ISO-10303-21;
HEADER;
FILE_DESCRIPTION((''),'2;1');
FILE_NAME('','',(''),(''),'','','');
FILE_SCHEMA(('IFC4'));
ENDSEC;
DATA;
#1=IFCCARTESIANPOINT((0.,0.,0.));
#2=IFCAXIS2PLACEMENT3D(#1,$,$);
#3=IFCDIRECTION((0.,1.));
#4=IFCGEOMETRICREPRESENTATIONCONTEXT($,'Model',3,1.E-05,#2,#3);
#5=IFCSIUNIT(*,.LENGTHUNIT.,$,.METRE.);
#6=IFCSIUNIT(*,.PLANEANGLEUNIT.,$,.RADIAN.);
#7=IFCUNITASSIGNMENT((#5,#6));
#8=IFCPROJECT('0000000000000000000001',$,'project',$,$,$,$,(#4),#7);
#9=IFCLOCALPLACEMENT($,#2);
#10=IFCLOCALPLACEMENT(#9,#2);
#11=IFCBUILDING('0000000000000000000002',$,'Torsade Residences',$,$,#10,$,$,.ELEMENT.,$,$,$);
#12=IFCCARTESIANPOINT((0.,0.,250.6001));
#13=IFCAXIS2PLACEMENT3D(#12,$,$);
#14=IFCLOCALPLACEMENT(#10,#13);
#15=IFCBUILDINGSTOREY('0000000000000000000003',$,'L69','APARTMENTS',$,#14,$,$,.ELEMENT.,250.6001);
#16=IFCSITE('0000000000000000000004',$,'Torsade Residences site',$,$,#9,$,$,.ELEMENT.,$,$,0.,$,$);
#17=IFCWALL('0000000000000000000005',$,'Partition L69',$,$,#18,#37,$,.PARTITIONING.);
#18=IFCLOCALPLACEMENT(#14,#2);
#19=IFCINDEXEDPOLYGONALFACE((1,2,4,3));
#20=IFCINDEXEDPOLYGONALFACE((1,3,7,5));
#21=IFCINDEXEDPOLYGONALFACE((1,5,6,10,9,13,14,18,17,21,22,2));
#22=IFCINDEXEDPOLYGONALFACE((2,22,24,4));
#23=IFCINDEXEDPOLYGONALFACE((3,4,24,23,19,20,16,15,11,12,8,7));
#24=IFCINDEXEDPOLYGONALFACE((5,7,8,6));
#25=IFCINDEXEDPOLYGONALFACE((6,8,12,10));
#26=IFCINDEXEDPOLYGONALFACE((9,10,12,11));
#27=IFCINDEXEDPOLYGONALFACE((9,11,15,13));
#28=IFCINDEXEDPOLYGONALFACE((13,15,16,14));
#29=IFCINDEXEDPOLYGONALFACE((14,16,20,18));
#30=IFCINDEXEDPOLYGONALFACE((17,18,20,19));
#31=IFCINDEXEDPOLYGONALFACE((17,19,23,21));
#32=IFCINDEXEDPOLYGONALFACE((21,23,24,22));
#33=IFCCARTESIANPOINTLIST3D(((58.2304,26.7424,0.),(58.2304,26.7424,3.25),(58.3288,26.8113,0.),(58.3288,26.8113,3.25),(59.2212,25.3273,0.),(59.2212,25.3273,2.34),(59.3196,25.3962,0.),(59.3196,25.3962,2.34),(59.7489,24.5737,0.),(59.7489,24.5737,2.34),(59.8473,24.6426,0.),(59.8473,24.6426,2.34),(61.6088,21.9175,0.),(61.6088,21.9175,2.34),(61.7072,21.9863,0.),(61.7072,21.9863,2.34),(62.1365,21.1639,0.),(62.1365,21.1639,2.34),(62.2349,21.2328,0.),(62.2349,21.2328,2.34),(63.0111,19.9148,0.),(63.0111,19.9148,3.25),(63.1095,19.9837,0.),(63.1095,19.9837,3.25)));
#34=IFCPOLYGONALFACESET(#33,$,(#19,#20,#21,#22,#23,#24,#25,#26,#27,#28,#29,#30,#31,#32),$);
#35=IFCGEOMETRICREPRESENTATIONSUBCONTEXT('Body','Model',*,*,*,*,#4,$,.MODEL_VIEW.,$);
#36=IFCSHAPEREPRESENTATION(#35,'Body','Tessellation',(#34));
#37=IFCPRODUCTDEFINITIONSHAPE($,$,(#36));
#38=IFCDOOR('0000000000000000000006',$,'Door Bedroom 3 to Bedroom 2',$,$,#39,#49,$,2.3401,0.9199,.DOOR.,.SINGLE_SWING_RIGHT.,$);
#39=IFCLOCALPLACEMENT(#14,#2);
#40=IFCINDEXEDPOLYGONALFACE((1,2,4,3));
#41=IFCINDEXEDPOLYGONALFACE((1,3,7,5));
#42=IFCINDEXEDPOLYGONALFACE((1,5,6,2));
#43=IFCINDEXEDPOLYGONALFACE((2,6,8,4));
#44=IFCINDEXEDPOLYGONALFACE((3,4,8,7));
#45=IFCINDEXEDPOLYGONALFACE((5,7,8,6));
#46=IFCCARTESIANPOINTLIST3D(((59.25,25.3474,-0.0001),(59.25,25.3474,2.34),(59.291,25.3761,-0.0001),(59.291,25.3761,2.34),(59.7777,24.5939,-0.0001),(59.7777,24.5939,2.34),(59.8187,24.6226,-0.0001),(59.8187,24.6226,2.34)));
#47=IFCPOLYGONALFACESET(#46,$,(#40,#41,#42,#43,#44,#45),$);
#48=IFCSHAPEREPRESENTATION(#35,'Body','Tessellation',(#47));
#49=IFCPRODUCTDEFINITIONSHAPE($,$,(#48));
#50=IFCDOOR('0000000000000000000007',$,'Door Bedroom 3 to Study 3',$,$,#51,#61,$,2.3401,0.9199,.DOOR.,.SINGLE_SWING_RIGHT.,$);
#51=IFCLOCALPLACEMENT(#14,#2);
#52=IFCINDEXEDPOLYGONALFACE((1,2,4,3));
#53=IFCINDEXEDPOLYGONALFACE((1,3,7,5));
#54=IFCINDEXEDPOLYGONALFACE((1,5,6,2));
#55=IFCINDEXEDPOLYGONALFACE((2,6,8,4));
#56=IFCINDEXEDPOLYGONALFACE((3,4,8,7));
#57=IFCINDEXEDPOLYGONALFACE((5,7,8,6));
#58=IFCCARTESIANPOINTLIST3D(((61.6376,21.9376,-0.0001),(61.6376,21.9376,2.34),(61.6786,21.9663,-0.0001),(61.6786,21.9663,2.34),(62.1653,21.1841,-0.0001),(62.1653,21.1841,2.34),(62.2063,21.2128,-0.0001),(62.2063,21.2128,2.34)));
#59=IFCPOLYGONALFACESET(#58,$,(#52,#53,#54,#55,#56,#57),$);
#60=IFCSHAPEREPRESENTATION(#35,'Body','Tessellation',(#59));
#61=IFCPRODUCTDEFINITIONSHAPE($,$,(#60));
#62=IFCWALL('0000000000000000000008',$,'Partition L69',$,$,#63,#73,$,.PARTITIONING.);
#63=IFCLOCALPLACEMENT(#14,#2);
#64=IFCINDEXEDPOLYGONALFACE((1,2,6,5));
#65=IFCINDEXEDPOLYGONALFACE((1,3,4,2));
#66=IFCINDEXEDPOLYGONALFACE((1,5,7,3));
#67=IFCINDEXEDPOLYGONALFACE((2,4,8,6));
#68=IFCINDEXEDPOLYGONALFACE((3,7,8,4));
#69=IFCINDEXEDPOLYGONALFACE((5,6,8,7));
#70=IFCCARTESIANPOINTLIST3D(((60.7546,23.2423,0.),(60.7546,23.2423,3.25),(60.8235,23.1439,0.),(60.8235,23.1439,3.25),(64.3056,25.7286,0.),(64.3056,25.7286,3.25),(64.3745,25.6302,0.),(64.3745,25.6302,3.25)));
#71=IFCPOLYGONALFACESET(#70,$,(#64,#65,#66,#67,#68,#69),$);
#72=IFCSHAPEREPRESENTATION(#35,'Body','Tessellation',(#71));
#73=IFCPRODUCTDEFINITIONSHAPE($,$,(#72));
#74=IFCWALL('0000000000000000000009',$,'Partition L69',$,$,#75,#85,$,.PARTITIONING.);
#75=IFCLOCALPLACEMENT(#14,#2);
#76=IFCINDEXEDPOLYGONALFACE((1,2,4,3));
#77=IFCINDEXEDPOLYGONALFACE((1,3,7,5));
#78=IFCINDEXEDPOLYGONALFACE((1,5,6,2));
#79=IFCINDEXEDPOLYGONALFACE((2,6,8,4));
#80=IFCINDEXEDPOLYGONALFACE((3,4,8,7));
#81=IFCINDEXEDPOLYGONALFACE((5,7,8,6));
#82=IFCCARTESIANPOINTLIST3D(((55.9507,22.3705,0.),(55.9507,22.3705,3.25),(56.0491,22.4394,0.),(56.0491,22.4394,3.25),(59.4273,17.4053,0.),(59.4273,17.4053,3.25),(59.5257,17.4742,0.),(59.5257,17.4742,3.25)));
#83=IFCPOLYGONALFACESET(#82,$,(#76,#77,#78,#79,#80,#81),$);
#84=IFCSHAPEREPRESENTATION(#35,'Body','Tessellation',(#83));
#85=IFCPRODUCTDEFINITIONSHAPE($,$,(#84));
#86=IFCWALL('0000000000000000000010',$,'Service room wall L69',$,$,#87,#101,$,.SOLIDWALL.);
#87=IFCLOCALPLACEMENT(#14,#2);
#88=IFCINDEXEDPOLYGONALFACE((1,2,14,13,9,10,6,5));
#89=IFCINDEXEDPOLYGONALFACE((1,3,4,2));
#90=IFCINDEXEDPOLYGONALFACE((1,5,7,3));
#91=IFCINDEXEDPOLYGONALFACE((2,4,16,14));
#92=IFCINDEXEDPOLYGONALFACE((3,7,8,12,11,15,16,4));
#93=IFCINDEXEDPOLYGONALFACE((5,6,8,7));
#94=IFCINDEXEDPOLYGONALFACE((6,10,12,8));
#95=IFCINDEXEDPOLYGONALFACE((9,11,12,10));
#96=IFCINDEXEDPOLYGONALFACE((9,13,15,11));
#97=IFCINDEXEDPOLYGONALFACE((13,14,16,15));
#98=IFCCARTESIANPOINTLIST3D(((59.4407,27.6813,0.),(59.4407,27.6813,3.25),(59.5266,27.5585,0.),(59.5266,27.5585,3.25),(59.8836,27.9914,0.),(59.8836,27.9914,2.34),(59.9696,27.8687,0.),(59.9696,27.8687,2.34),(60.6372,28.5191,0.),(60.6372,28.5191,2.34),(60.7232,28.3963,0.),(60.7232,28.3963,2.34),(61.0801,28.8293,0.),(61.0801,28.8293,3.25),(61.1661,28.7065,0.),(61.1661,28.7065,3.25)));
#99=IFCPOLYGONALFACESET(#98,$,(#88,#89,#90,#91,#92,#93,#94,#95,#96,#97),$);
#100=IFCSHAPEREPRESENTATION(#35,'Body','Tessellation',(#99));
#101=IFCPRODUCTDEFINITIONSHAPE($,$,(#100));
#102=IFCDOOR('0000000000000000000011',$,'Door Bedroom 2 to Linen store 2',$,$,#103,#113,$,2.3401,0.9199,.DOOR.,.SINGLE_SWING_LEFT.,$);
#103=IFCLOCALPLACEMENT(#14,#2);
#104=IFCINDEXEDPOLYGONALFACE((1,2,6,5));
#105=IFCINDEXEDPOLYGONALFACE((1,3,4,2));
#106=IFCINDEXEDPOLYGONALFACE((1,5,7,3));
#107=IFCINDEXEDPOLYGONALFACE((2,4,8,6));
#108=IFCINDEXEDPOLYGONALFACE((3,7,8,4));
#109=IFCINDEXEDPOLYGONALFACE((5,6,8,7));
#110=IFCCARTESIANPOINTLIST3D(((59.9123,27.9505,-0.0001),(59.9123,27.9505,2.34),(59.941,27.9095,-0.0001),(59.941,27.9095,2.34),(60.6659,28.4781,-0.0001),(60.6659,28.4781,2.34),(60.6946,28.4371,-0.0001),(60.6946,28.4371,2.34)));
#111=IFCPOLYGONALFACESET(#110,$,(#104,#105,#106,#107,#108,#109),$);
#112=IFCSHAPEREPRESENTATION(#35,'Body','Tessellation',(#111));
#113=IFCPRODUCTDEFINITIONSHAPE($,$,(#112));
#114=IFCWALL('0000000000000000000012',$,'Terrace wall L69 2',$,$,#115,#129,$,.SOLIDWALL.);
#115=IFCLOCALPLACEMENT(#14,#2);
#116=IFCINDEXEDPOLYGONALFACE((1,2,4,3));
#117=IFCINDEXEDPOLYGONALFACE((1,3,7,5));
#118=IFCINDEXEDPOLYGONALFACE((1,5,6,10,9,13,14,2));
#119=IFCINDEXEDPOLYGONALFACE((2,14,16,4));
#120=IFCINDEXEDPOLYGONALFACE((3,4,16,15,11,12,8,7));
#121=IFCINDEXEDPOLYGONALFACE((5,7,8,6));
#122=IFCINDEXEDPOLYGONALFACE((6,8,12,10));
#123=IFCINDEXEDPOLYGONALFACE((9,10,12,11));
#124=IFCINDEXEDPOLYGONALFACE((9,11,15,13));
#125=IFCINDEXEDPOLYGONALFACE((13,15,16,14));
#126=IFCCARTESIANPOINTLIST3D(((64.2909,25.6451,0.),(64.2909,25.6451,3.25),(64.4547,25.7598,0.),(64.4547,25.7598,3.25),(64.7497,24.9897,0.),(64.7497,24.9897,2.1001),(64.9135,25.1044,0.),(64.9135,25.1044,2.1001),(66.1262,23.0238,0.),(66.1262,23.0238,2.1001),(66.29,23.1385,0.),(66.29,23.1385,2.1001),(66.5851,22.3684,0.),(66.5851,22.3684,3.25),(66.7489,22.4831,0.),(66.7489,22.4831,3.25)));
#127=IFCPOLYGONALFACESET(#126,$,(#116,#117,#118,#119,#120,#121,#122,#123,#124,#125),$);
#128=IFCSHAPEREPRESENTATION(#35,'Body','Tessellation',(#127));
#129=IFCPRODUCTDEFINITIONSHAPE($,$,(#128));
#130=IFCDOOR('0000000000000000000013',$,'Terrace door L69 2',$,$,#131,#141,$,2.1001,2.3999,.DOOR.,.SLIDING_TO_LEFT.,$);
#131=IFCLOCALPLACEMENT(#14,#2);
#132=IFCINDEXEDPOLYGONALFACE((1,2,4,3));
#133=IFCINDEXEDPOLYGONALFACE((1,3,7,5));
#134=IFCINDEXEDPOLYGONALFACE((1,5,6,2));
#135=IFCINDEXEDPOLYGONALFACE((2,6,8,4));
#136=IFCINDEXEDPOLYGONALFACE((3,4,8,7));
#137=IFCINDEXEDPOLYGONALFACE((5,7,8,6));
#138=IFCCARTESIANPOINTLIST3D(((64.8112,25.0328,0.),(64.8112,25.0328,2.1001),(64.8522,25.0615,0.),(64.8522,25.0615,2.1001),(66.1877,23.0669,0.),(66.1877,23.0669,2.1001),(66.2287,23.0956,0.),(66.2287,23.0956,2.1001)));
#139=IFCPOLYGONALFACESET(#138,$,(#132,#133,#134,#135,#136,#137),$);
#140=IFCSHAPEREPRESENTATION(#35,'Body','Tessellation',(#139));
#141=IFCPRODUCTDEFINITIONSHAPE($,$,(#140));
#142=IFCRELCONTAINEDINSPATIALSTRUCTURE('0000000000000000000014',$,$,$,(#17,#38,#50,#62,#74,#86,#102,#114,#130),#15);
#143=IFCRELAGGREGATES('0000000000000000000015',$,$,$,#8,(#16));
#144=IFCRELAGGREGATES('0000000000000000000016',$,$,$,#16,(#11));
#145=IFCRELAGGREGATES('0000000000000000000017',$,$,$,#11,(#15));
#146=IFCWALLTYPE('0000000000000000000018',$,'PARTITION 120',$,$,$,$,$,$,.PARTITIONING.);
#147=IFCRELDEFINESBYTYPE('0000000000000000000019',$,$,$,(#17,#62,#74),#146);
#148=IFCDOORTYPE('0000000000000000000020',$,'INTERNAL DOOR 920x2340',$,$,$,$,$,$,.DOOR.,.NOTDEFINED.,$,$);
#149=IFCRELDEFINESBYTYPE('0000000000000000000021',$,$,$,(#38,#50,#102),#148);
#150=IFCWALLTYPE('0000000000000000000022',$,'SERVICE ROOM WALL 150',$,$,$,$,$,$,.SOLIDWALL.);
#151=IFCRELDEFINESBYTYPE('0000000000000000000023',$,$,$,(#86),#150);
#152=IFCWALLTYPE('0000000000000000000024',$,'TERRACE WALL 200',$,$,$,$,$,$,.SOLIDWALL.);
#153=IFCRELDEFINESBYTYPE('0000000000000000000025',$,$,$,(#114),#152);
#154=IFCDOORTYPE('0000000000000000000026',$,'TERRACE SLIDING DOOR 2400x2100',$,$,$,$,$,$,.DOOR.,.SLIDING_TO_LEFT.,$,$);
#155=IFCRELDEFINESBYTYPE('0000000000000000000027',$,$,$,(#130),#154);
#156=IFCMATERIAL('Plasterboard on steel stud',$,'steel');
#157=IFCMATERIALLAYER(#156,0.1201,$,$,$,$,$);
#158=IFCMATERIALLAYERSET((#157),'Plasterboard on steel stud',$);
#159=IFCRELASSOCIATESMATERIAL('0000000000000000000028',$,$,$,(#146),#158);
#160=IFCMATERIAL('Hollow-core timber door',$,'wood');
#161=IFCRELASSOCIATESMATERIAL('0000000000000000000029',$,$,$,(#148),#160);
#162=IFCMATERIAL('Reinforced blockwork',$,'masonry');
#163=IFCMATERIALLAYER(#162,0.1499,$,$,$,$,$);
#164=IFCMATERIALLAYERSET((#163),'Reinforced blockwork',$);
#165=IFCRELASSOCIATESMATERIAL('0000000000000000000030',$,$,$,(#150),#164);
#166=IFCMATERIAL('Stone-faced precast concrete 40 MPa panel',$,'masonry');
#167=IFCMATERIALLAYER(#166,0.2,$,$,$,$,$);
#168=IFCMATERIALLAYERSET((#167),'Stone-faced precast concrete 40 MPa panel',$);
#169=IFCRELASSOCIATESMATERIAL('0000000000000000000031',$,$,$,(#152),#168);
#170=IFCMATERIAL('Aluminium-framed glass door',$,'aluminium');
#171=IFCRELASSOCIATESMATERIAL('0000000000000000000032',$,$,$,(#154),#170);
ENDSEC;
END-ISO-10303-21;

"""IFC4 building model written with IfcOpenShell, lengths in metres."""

from ifc_helpers import new_model, si_unit, direction, frame, frame_2d, origin, place, context, subcontext, project, spatial, rectangle, extrude, material, layer, layer_set, type_object, element, fill, save


model = new_model("IFC4")

# Units and contexts
model_context = context("Model", 3, precision=1e-05, world=origin(), true_north=direction((0.0, 1.0)))
body_context = subcontext(model_context, "Body", "Model", "MODEL_VIEW")
ifc_project = project(units=[si_unit("LENGTHUNIT", "METRE"), si_unit("PLANEANGLEUNIT", "RADIAN")], contexts=[model_context])

# Site, building, storey
site_placement = place(None, origin())
site = spatial("IfcSite", under=ifc_project, at=site_placement, Name="Torsade Residences site", CompositionType="ELEMENT", RefElevation=0.0)
building_placement = place(site_placement, origin())
building = spatial("IfcBuilding", under=site, at=building_placement, Name="Torsade Residences", CompositionType="ELEMENT")
storey_placement = place(building_placement, frame((0.0, 0.0, 250.6001)))
storey = spatial("IfcBuildingStorey", under=building, at=storey_placement, Name="L69", Description="APARTMENTS", CompositionType="ELEMENT", Elevation=250.6001)

# Wall, openings, doors
ifc_material_1 = material(Name="Plasterboard on steel stud", Category="steel")
ifc_layer_1 = layer(ifc_material_1, 0.1201)
ifc_layer_set_1 = layer_set([ifc_layer_1], Name="Plasterboard on steel stud")
wall_type_1 = type_object("IfcWallType", Name="PARTITION 120", PredefinedType="PARTITIONING", material=ifc_layer_set_1)
wall_1_placement = place(storey_placement, frame((63.0603, 19.9492, 0.0), z_axis=(0.0, 0.0, 1.0), x_axis=(-0.573576, 0.819152, 0.0)))
wall_1 = element("IfcWall", 1, at=wall_1_placement, inside=storey, type_object=wall_type_1, Name="Partition L69", PredefinedType="PARTITIONING", context=body_context, shape_type="SweptSolid", body=[
    extrude(rectangle(XDim=8.335, YDim=0.1201, at=frame_2d((4.1675, 0.0))), origin(), (0.0, 0.0, 1.0), 3.25),
])
opening_1_placement = place(wall_1_placement, frame((5.6875, 0.0, 0.0)))
opening_1 = element("IfcOpeningElement", 2, at=opening_1_placement, cuts=wall_1, PredefinedType="OPENING", context=body_context, shape_type="SweptSolid", body=[
    extrude(rectangle(XDim=0.9199, YDim=2.3401, at=frame_2d((0.46, 1.1699))), frame((0.0, 0.0701, 0.0), z_axis=(0.0, -1.0, 0.0), x_axis=(1.0, 0.0, 0.0)), (0.0, 0.0, 1.0), 0.1401),
])
opening_2_placement = place(wall_1_placement, frame((1.5249, 0.0, 0.0)))
opening_2 = element("IfcOpeningElement", 3, at=opening_2_placement, cuts=wall_1, PredefinedType="OPENING", context=body_context, shape_type="SweptSolid", body=[
    extrude(rectangle(XDim=0.9199, YDim=2.3401, at=frame_2d((0.46, 1.1699))), frame((0.0, 0.0701, 0.0), z_axis=(0.0, -1.0, 0.0), x_axis=(1.0, 0.0, 0.0)), (0.0, 0.0, 1.0), 0.1401),
])
ifc_material_2 = material(Name="Hollow-core timber door", Category="wood")
door_type_1 = type_object("IfcDoorType", Name="INTERNAL DOOR 920x2340", OperationType="NOTDEFINED", PredefinedType="DOOR", material=ifc_material_2)
door_1_placement = place(opening_1_placement, origin())
door_1 = element("IfcDoor", 4, at=door_1_placement, inside=storey, type_object=door_type_1, Name="Door Bedroom 3 to Bedroom 2", OperationType="SINGLE_SWING_RIGHT", OverallHeight=2.3401, OverallWidth=0.9199, PredefinedType="DOOR", context=body_context, shape_type="SweptSolid", body=[
    extrude(rectangle(XDim=0.9199, YDim=2.3401, at=frame_2d((0.46, 1.1699))), frame((0.0, 0.0249, 0.0), z_axis=(0.0, -1.0, 0.0), x_axis=(1.0, 0.0, 0.0)), (0.0, 0.0, 1.0), 0.05),
])
fill(opening_1, door_1)
door_2_placement = place(opening_2_placement, origin())
door_2 = element("IfcDoor", 5, at=door_2_placement, inside=storey, type_object=door_type_1, Name="Door Bedroom 3 to Study 3", OperationType="SINGLE_SWING_RIGHT", OverallHeight=2.3401, OverallWidth=0.9199, PredefinedType="DOOR", context=body_context, shape_type="SweptSolid", body=[
    extrude(rectangle(XDim=0.9199, YDim=2.3401, at=frame_2d((0.46, 1.1699))), frame((0.0, 0.0249, 0.0), z_axis=(0.0, -1.0, 0.0), x_axis=(1.0, 0.0, 0.0)), (0.0, 0.0, 1.0), 0.05),
])
fill(opening_2, door_2)

# Walls
wall_2_placement = place(storey_placement, frame((64.3401, 25.6794, 0.0), z_axis=(0.0, 0.0, 1.0), x_axis=(-0.819166, -0.573557, 0.0)))
element("IfcWall", 6, at=wall_2_placement, inside=storey, type_object=wall_type_1, Name="Partition L69", PredefinedType="PARTITIONING", context=body_context, shape_type="SweptSolid", body=[
    extrude(rectangle(XDim=4.335, YDim=0.1201, at=frame_2d((2.1675, 0.0))), origin(), (0.0, 0.0, 1.0), 3.25),
])
wall_3_placement = place(storey_placement, frame((59.4766, 17.4397, 0.0), z_axis=(0.0, 0.0, 1.0), x_axis=(-0.573573, 0.819154, 0.0)))
element("IfcWall", 7, at=wall_3_placement, inside=storey, type_object=wall_type_1, Name="Partition L69", PredefinedType="PARTITIONING", context=body_context, shape_type="SweptSolid", body=[
    extrude(rectangle(XDim=6.0613, YDim=0.1201, at=frame_2d((3.0308, 0.0))), origin(), (0.0, 0.0, 1.0), 3.25),
])

# Walls, openings, doors
ifc_material_3 = material(Name="Reinforced blockwork", Category="masonry")
ifc_layer_2 = layer(ifc_material_3, 0.1499)
ifc_layer_set_2 = layer_set([ifc_layer_2], Name="Reinforced blockwork")
wall_type_2 = type_object("IfcWallType", Name="SERVICE ROOM WALL 150", PredefinedType="SOLIDWALL", material=ifc_layer_set_2)
wall_4_placement = place(storey_placement, frame((59.4836, 27.6199, 0.0), z_axis=(0.0, 0.0, 1.0), x_axis=(0.819146, 0.573585, 0.0)))
wall_4 = element("IfcWall", 8, at=wall_4_placement, inside=storey, type_object=wall_type_2, Name="Service room wall L69", PredefinedType="SOLIDWALL", context=body_context, shape_type="SweptSolid", body=[
    extrude(rectangle(XDim=2.0015, YDim=0.1499, at=frame_2d((1.0007, 0.0))), origin(), (0.0, 0.0, 1.0), 3.25),
])
opening_3_placement = place(wall_4_placement, frame((0.5408, 0.0, 0.0)))
opening_3 = element("IfcOpeningElement", 9, at=opening_3_placement, cuts=wall_4, PredefinedType="OPENING", context=body_context, shape_type="SweptSolid", body=[
    extrude(rectangle(XDim=0.9199, YDim=2.3401, at=frame_2d((0.46, 1.1699))), frame((0.0, 0.085, 0.0), z_axis=(0.0, -1.0, 0.0), x_axis=(1.0, 0.0, 0.0)), (0.0, 0.0, 1.0), 0.1699),
])
door_3_placement = place(opening_3_placement, origin())
door_3 = element("IfcDoor", 10, at=door_3_placement, inside=storey, type_object=door_type_1, Name="Door Bedroom 2 to Linen store 2", OperationType="SINGLE_SWING_LEFT", OverallHeight=2.3401, OverallWidth=0.9199, PredefinedType="DOOR", context=body_context, shape_type="SweptSolid", body=[
    extrude(rectangle(XDim=0.9199, YDim=2.3401, at=frame_2d((0.46, 1.1699))), frame((0.0, 0.0249, 0.0), z_axis=(0.0, -1.0, 0.0), x_axis=(1.0, 0.0, 0.0)), (0.0, 0.0, 1.0), 0.05),
])
fill(opening_3, door_3)
ifc_material_4 = material(Name="Stone-faced precast concrete 40 MPa panel", Category="masonry")
ifc_layer_3 = layer(ifc_material_4, 0.2)
ifc_layer_set_3 = layer_set([ifc_layer_3], Name="Stone-faced precast concrete 40 MPa panel")
wall_type_3 = type_object("IfcWallType", Name="TERRACE WALL 200", PredefinedType="SOLIDWALL", material=ifc_layer_set_3)
wall_5_placement = place(storey_placement, frame((66.667, 22.4258, 0.0), z_axis=(0.0, 0.0, 1.0), x_axis=(-0.573557, 0.819166, 0.0)))
wall_5 = element("IfcWall", 11, at=wall_5_placement, inside=storey, type_object=wall_type_3, Name="Terrace wall L69 2", PredefinedType="SOLIDWALL", context=body_context, shape_type="SweptSolid", body=[
    extrude(rectangle(XDim=4.0, YDim=0.2, at=frame_2d((2.0, 0.0))), origin(), (0.0, 0.0, 1.0), 3.25),
])
opening_4_placement = place(wall_5_placement, frame((0.8, 0.0, 0.0)))
opening_4 = element("IfcOpeningElement", 12, at=opening_4_placement, cuts=wall_5, PredefinedType="OPENING", context=body_context, shape_type="SweptSolid", body=[
    extrude(rectangle(XDim=2.3999, YDim=2.1001, at=frame_2d((1.2, 1.05))), frame((0.0, 0.1099, 0.0), z_axis=(0.0, -1.0, 0.0), x_axis=(1.0, 0.0, 0.0)), (0.0, 0.0, 1.0), 0.22),
])
ifc_material_5 = material(Name="Aluminium-framed glass door", Category="aluminium")
door_type_2 = type_object("IfcDoorType", Name="TERRACE SLIDING DOOR 2400x2100", OperationType="SLIDING_TO_LEFT", PredefinedType="DOOR", material=ifc_material_5)
door_4_placement = place(opening_4_placement, origin())
door_4 = element("IfcDoor", 13, at=door_4_placement, inside=storey, type_object=door_type_2, Name="Terrace door L69 2", OperationType="SLIDING_TO_LEFT", OverallHeight=2.1001, OverallWidth=2.3999, PredefinedType="DOOR", context=body_context, shape_type="SweptSolid", body=[
    extrude(rectangle(XDim=2.3999, YDim=2.1001, at=frame_2d((1.2, 1.05))), frame((0.0, 0.0249, 0.0), z_axis=(0.0, -1.0, 0.0), x_axis=(1.0, 0.0, 0.0)), (0.0, 0.0, 1.0), 0.05),
])
fill(opening_4, door_4)

save(model, "model.ifc")
